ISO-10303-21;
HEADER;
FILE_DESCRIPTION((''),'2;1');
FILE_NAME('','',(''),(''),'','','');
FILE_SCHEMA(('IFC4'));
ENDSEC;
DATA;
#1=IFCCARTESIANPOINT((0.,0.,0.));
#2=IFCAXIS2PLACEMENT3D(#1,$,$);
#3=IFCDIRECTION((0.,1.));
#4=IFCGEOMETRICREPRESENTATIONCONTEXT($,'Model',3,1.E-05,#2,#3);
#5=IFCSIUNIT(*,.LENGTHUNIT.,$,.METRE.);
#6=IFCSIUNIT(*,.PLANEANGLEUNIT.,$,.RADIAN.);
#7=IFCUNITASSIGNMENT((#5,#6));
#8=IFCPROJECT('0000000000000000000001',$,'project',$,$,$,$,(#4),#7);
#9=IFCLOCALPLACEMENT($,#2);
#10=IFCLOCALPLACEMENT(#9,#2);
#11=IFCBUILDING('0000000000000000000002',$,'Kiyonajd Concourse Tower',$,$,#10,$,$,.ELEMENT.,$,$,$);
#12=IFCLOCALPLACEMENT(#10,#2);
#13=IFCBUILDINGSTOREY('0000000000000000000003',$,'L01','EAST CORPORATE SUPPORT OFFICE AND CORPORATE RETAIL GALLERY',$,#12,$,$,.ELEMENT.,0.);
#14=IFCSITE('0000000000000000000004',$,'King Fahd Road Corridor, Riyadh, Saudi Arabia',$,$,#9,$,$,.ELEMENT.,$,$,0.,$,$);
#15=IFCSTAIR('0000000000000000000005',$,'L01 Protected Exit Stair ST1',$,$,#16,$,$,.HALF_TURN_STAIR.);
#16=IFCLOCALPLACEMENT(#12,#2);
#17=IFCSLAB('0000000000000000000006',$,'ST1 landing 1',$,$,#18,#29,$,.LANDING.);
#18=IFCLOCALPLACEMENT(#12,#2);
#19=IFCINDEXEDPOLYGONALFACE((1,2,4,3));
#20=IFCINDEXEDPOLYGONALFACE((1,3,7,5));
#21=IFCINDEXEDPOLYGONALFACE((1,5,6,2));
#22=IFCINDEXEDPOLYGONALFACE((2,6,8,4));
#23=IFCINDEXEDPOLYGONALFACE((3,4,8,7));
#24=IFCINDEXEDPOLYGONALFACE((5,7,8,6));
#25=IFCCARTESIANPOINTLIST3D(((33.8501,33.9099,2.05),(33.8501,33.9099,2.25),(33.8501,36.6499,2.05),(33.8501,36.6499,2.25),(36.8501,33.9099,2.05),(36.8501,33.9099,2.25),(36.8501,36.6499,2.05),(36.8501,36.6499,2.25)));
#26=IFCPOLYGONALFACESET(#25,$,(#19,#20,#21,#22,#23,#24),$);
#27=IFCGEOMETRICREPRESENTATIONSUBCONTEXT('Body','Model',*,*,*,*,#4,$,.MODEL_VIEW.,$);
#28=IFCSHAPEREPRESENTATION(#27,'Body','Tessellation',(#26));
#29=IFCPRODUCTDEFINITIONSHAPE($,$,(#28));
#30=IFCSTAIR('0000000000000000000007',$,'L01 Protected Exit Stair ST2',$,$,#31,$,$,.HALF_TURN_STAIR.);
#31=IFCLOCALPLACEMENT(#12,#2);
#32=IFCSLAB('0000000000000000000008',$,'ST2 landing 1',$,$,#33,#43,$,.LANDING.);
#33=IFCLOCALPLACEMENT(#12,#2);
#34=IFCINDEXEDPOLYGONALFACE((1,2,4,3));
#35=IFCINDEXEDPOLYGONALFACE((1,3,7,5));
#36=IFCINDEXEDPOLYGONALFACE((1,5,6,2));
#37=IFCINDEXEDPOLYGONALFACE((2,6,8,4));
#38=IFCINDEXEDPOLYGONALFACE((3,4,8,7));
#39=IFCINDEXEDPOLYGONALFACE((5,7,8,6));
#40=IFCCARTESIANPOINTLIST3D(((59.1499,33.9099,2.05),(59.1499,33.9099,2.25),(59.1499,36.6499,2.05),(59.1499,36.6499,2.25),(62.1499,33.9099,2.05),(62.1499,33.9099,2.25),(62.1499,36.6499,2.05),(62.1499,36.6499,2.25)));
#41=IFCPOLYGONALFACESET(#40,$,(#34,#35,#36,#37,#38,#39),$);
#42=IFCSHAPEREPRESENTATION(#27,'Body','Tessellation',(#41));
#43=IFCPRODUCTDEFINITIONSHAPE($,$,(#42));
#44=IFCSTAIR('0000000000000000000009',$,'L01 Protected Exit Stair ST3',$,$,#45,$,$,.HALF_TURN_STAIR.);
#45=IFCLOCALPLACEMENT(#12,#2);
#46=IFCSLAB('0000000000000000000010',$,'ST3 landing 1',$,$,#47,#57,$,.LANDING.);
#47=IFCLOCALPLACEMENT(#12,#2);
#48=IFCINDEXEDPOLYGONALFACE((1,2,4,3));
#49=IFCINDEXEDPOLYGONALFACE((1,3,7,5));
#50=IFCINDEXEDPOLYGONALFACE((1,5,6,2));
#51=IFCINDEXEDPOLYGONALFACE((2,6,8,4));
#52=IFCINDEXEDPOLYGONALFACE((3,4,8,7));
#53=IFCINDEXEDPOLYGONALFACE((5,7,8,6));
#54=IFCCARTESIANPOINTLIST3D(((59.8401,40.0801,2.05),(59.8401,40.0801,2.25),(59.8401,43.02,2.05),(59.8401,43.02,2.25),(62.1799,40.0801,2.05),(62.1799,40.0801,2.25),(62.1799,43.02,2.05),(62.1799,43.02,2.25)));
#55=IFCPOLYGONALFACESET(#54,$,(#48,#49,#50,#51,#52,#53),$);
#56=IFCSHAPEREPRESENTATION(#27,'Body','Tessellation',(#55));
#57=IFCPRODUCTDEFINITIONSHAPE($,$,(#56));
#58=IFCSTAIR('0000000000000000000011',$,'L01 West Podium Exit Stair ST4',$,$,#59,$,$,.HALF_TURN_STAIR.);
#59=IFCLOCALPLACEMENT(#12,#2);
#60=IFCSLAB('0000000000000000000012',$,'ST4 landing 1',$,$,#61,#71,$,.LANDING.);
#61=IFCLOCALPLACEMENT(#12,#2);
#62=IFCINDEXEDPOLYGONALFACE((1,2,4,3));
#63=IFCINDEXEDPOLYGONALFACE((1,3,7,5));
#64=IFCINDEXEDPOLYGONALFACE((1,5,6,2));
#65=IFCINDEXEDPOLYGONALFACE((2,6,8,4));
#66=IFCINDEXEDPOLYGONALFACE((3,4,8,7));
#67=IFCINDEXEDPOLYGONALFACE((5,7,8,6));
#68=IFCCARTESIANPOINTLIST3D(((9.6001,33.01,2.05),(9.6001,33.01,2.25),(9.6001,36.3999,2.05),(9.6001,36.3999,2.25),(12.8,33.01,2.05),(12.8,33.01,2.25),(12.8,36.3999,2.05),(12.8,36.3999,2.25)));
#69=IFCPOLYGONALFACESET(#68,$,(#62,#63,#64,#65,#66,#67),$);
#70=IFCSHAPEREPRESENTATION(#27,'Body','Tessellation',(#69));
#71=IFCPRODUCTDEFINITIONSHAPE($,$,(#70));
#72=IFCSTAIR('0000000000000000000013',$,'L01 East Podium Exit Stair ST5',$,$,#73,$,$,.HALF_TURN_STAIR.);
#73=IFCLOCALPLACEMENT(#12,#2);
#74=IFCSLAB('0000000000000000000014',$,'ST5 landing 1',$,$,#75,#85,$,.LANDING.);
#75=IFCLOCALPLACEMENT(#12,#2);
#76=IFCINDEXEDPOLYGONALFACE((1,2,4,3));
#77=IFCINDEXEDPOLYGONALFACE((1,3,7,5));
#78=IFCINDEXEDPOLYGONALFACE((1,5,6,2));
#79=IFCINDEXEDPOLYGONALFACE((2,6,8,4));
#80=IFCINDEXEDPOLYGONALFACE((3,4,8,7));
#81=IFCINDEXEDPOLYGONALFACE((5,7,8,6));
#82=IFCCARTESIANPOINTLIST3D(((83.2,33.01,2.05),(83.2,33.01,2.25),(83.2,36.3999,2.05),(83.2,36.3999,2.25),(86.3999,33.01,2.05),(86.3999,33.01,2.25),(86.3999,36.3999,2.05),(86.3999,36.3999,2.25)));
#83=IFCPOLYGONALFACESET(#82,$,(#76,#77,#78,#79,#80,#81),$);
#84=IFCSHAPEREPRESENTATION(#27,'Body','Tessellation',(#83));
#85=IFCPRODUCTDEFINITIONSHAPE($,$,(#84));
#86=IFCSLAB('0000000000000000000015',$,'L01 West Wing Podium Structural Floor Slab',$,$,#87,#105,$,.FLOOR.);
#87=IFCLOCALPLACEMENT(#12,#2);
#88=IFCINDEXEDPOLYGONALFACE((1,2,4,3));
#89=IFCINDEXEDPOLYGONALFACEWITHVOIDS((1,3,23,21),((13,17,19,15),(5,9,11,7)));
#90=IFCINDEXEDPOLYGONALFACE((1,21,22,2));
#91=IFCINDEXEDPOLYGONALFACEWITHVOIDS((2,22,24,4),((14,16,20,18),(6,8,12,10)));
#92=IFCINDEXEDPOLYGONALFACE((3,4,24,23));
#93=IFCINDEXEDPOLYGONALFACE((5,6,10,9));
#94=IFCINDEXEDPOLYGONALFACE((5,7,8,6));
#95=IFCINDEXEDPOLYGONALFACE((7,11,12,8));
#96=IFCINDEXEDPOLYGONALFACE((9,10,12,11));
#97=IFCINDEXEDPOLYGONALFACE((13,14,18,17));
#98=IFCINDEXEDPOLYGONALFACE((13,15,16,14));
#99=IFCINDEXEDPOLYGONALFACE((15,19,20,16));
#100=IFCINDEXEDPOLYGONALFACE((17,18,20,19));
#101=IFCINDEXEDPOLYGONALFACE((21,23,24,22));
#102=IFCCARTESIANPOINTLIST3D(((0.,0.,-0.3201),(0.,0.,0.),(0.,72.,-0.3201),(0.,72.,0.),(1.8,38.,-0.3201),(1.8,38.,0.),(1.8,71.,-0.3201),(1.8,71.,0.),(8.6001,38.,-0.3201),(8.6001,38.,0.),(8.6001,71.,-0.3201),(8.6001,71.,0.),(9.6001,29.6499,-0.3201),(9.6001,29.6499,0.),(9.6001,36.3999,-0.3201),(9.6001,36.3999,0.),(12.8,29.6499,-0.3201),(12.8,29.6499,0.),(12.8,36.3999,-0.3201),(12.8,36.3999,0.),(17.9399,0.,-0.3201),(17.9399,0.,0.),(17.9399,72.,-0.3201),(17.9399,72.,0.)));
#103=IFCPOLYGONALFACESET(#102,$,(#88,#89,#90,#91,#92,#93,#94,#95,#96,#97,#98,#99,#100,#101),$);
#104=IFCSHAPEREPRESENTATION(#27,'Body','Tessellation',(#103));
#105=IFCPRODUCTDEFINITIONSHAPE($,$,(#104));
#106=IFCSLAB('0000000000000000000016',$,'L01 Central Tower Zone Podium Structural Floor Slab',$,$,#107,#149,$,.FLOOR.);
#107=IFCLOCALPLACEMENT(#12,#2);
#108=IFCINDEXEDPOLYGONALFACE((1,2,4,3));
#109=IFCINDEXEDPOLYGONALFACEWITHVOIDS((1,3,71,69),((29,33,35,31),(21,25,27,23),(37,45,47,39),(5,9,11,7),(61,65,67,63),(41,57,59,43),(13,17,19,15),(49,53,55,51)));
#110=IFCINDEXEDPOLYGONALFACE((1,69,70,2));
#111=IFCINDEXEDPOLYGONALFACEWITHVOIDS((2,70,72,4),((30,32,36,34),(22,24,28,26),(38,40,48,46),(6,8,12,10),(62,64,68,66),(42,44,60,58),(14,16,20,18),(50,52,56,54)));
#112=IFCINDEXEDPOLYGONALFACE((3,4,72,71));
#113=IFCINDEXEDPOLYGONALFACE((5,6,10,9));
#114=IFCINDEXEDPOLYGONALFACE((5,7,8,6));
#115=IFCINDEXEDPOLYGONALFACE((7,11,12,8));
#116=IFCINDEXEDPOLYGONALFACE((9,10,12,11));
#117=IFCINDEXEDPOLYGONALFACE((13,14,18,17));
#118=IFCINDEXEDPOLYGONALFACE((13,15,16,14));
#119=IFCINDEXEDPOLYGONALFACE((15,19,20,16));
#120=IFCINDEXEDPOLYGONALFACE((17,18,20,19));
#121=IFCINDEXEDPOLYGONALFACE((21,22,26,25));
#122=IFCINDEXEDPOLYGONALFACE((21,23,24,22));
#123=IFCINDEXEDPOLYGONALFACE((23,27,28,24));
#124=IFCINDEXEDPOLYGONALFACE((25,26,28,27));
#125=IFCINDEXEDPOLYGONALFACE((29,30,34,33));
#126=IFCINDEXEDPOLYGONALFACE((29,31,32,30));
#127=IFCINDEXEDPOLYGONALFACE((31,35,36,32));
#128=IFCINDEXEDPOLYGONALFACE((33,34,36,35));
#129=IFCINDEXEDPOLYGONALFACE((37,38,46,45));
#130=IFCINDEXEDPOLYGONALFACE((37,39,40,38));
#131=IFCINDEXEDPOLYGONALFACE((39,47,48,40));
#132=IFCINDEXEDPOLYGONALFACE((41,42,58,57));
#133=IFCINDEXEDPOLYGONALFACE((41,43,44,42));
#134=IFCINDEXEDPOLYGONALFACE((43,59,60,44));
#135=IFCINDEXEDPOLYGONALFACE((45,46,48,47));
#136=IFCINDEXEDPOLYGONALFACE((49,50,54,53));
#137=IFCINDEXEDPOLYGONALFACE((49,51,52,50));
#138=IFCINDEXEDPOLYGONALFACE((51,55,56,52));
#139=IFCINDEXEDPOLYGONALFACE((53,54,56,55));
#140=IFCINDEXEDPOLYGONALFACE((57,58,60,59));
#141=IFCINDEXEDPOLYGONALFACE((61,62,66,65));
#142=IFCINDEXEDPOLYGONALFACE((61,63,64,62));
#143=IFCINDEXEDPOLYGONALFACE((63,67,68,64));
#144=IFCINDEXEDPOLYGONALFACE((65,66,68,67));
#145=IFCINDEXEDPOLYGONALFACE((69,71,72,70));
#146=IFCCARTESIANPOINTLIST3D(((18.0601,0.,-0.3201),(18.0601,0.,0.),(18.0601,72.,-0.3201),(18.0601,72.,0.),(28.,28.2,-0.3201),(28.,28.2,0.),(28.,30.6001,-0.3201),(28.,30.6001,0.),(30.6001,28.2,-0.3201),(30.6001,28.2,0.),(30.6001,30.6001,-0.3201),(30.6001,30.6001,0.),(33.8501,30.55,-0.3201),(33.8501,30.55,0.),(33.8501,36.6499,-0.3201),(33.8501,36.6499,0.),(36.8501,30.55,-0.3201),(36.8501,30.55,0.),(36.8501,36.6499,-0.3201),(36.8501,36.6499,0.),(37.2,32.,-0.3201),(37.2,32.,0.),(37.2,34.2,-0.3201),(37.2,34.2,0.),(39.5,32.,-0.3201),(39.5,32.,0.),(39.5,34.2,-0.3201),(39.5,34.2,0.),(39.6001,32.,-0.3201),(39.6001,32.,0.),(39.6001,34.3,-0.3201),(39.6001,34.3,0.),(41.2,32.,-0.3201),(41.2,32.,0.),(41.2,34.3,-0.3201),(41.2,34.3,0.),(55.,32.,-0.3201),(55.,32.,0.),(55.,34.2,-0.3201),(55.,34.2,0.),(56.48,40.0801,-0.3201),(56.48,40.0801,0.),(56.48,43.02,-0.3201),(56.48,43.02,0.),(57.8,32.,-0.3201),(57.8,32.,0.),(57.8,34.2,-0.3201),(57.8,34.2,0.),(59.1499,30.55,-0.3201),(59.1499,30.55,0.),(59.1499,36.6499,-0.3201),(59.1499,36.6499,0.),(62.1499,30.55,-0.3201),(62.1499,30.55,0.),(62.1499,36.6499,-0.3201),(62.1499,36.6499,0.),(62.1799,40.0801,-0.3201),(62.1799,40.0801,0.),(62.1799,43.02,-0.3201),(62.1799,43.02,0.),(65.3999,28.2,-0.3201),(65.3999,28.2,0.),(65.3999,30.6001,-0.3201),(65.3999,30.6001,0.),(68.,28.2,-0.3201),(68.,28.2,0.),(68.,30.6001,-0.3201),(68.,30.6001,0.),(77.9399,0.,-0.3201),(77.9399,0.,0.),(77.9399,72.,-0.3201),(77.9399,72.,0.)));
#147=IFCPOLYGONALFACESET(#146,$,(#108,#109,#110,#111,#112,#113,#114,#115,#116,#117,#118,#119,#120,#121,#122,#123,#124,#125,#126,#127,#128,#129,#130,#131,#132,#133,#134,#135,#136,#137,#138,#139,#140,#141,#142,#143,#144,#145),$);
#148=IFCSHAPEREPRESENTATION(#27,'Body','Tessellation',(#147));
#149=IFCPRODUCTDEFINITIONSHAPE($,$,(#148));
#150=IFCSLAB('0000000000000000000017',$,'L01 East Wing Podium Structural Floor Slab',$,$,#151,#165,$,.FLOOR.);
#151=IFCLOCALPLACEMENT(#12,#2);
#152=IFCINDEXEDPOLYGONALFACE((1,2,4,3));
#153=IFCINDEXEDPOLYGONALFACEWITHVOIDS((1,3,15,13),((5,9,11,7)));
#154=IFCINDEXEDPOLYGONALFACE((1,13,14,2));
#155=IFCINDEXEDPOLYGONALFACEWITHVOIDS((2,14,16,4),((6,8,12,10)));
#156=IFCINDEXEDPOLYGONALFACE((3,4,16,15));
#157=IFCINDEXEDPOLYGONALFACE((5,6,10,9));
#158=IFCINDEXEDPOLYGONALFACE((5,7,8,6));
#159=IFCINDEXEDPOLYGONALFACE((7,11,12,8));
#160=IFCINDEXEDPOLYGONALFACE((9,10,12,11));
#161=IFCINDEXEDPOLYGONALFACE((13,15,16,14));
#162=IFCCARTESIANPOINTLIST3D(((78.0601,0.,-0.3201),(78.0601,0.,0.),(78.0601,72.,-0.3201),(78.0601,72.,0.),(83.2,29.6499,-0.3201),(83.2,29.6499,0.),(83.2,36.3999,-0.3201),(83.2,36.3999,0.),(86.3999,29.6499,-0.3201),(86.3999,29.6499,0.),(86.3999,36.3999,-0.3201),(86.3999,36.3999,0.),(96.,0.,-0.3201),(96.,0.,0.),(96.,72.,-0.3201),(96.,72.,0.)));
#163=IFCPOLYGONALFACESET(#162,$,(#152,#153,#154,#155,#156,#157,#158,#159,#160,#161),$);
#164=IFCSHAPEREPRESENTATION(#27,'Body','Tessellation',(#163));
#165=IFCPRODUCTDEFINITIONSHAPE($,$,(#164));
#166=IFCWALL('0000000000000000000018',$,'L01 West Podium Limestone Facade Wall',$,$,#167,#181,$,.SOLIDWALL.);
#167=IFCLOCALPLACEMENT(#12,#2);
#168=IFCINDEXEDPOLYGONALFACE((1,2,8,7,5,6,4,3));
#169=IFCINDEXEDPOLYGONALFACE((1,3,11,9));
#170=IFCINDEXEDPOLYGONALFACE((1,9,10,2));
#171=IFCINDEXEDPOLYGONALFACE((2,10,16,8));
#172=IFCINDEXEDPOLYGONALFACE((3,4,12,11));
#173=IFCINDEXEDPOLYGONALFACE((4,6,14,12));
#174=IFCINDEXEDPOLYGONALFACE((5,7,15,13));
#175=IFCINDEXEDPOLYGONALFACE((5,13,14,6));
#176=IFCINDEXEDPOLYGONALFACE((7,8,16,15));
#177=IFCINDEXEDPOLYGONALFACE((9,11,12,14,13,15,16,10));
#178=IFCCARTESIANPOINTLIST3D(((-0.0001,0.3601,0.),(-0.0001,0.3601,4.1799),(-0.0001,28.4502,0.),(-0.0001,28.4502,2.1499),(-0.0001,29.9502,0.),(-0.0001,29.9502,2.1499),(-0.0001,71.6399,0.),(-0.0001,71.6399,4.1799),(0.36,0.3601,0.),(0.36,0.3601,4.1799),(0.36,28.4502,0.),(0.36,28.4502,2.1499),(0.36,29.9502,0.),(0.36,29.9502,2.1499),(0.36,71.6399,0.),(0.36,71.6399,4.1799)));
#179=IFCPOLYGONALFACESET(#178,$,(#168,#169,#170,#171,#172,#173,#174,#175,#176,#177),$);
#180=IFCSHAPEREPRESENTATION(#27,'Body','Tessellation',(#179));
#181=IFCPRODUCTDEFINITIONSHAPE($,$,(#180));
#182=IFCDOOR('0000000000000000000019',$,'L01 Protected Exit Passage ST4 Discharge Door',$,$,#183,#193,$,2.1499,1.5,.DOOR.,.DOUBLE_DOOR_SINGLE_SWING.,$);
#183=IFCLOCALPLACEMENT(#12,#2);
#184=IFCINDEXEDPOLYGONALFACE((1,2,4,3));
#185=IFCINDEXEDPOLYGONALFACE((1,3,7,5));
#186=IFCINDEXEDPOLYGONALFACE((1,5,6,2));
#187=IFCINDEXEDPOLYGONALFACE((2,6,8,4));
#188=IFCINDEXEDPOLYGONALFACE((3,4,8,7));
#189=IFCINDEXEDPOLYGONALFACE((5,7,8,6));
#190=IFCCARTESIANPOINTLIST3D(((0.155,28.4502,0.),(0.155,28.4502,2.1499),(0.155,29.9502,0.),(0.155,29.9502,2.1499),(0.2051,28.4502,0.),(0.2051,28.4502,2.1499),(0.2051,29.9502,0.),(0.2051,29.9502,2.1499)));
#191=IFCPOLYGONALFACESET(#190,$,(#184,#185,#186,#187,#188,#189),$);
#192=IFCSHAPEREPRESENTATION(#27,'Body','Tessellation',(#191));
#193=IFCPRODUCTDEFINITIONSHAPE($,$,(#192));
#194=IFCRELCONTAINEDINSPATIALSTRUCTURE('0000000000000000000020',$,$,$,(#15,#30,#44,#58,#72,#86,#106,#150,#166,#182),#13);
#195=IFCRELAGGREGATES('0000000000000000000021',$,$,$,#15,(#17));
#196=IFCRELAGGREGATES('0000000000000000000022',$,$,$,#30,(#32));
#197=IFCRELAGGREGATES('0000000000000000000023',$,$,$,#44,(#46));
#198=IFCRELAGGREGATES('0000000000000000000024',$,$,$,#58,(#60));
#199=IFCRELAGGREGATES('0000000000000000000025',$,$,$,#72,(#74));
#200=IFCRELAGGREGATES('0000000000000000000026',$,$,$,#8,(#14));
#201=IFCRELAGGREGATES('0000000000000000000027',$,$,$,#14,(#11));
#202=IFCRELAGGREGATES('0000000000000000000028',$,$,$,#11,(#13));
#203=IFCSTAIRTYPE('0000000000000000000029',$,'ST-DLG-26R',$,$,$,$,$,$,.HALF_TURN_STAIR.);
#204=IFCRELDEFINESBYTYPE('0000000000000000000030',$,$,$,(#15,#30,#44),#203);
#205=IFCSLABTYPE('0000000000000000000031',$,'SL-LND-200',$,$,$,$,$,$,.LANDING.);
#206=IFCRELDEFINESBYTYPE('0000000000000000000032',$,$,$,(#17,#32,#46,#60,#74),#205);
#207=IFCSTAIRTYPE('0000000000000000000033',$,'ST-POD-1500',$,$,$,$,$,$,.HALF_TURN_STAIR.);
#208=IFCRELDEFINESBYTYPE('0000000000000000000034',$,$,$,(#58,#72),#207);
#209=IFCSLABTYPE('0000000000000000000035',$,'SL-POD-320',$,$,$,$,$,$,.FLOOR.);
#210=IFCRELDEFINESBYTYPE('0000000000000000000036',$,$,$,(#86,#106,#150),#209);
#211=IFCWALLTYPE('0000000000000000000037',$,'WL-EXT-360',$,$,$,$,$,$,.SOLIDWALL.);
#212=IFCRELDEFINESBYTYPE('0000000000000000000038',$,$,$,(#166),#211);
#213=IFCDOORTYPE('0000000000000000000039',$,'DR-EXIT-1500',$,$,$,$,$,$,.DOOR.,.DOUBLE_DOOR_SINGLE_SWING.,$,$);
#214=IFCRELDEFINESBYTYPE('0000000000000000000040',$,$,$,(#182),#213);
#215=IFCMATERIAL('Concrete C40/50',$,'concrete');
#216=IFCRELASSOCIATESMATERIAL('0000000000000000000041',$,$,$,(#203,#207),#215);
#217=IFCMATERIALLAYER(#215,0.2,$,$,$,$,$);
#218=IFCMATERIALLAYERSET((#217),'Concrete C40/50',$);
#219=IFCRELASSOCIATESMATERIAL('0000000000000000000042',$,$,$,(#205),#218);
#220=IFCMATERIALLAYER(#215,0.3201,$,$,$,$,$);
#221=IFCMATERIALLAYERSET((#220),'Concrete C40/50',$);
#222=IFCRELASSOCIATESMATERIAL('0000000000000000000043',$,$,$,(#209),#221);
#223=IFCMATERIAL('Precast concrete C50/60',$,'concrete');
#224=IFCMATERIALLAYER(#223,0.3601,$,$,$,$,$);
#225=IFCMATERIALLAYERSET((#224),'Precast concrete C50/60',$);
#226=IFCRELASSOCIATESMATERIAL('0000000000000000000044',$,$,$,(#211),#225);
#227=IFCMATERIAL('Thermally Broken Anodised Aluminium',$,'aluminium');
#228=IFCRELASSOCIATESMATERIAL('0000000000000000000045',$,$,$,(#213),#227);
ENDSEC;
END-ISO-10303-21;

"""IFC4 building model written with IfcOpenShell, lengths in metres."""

from ifc_helpers import new_model, si_unit, direction, frame, frame_2d, origin, place, context, subcontext, project, spatial, polyline, rectangle, outline, extrude, material, layer, layer_set, type_object, element, fill, aggregate, save


model = new_model("IFC4")

# Units and contexts
model_context = context("Model", 3, precision=1e-05, world=origin(), true_north=direction((0.0, 1.0)))
body_context = subcontext(model_context, "Body", "Model", "MODEL_VIEW")
ifc_project = project(units=[si_unit("LENGTHUNIT", "METRE"), si_unit("PLANEANGLEUNIT", "RADIAN")], contexts=[model_context])

# Site, building, storey
site_placement = place(None, origin())
site = spatial("IfcSite", under=ifc_project, at=site_placement, Name="King Fahd Road Corridor, Riyadh, Saudi Arabia", CompositionType="ELEMENT", RefElevation=0.0)
building_placement = place(site_placement, origin())
building = spatial("IfcBuilding", under=site, at=building_placement, Name="Kiyonajd Concourse Tower", CompositionType="ELEMENT")
storey_placement = place(building_placement, origin())
storey = spatial("IfcBuildingStorey", under=building, at=storey_placement, Name="L01", Description="EAST CORPORATE SUPPORT OFFICE AND CORPORATE RETAIL GALLERY", CompositionType="ELEMENT", Elevation=0.0)

# Stairs, slabs
ifc_material_1 = material(Name="Concrete C40/50", Category="concrete")
stair_type_1 = type_object("IfcStairType", Name="ST-DLG-26R", PredefinedType="HALF_TURN_STAIR", material=ifc_material_1)
stair_1_placement = place(storey_placement, origin())
stair_1 = element("IfcStair", 1, at=stair_1_placement, inside=storey, type_object=stair_type_1, Name="L01 Protected Exit Stair ST1", PredefinedType="HALF_TURN_STAIR")
ifc_layer_1 = layer(ifc_material_1, 0.2)
ifc_layer_set_1 = layer_set([ifc_layer_1], Name="Concrete C40/50")
slab_type_1 = type_object("IfcSlabType", Name="SL-LND-200", PredefinedType="LANDING", material=ifc_layer_set_1)
slab_1_placement = place(storey_placement, frame((0.0, 0.0, 2.05)))
slab_1 = element("IfcSlab", 2, at=slab_1_placement, type_object=slab_type_1, Name="ST1 landing 1", PredefinedType="LANDING", context=body_context, shape_type="SweptSolid", body=[
    extrude(outline(polyline([(36.8501, 33.9099), (36.8501, 36.6499), (33.8501, 36.6499), (33.8501, 33.9099), (36.8501, 33.9099)])), origin(), (0.0, 0.0, 1.0), 0.2),
])
aggregate(stair_1, [slab_1])
stair_2_placement = place(storey_placement, origin())
stair_2 = element("IfcStair", 3, at=stair_2_placement, inside=storey, type_object=stair_type_1, Name="L01 Protected Exit Stair ST2", PredefinedType="HALF_TURN_STAIR")
slab_2_placement = place(storey_placement, frame((0.0, 0.0, 2.05)))
slab_2 = element("IfcSlab", 4, at=slab_2_placement, type_object=slab_type_1, Name="ST2 landing 1", PredefinedType="LANDING", context=body_context, shape_type="SweptSolid", body=[
    extrude(outline(polyline([(62.1499, 33.9099), (62.1499, 36.6499), (59.1499, 36.6499), (59.1499, 33.9099), (62.1499, 33.9099)])), origin(), (0.0, 0.0, 1.0), 0.2),
])
aggregate(stair_2, [slab_2])
stair_3_placement = place(storey_placement, origin())
stair_3 = element("IfcStair", 5, at=stair_3_placement, inside=storey, type_object=stair_type_1, Name="L01 Protected Exit Stair ST3", PredefinedType="HALF_TURN_STAIR")
slab_3_placement = place(storey_placement, frame((0.0, 0.0, 2.05)))
slab_3 = element("IfcSlab", 6, at=slab_3_placement, type_object=slab_type_1, Name="ST3 landing 1", PredefinedType="LANDING", context=body_context, shape_type="SweptSolid", body=[
    extrude(outline(polyline([(59.8401, 40.0801), (62.1799, 40.0801), (62.1799, 43.02), (59.8401, 43.02), (59.8401, 40.0801)])), origin(), (0.0, 0.0, 1.0), 0.2),
])
aggregate(stair_3, [slab_3])
stair_type_2 = type_object("IfcStairType", Name="ST-POD-1500", PredefinedType="HALF_TURN_STAIR", material=ifc_material_1)
stair_4_placement = place(storey_placement, origin())
stair_4 = element("IfcStair", 7, at=stair_4_placement, inside=storey, type_object=stair_type_2, Name="L01 West Podium Exit Stair ST4", PredefinedType="HALF_TURN_STAIR")
slab_4_placement = place(storey_placement, frame((0.0, 0.0, 2.05)))
slab_4 = element("IfcSlab", 8, at=slab_4_placement, type_object=slab_type_1, Name="ST4 landing 1", PredefinedType="LANDING", context=body_context, shape_type="SweptSolid", body=[
    extrude(outline(polyline([(12.8, 33.01), (12.8, 36.3999), (9.6001, 36.3999), (9.6001, 33.01), (12.8, 33.01)])), origin(), (0.0, 0.0, 1.0), 0.2),
])
aggregate(stair_4, [slab_4])
stair_5_placement = place(storey_placement, origin())
stair_5 = element("IfcStair", 9, at=stair_5_placement, inside=storey, type_object=stair_type_2, Name="L01 East Podium Exit Stair ST5", PredefinedType="HALF_TURN_STAIR")
slab_5_placement = place(storey_placement, frame((0.0, 0.0, 2.05)))
slab_5 = element("IfcSlab", 10, at=slab_5_placement, type_object=slab_type_1, Name="ST5 landing 1", PredefinedType="LANDING", context=body_context, shape_type="SweptSolid", body=[
    extrude(outline(polyline([(86.3999, 33.01), (86.3999, 36.3999), (83.2, 36.3999), (83.2, 33.01), (86.3999, 33.01)])), origin(), (0.0, 0.0, 1.0), 0.2),
])
aggregate(stair_5, [slab_5])

# Slabs
ifc_layer_2 = layer(ifc_material_1, 0.3201)
ifc_layer_set_2 = layer_set([ifc_layer_2], Name="Concrete C40/50")
slab_type_2 = type_object("IfcSlabType", Name="SL-POD-320", PredefinedType="FLOOR", material=ifc_layer_set_2)
slab_6_placement = place(storey_placement, frame((0.0, 0.0, -0.3201)))
element("IfcSlab", 11, at=slab_6_placement, inside=storey, type_object=slab_type_2, Name="L01 West Wing Podium Structural Floor Slab", PredefinedType="FLOOR", context=body_context, shape_type="SweptSolid", body=[
    extrude(outline(polyline([(0.0, 0.0), (17.9399, 0.0), (17.9399, 72.0), (0.0, 72.0), (0.0, 0.0)]), holes=[polyline([(12.8, 29.6499), (9.6001, 29.6499), (9.6001, 36.3999), (12.8, 36.3999), (12.8, 29.6499)]), polyline([(8.6001, 38.0), (1.8, 38.0), (1.8, 71.0), (8.6001, 71.0), (8.6001, 38.0)])]), origin(), (0.0, 0.0, 1.0), 0.3201),
])
slab_7_placement = place(storey_placement, frame((0.0, 0.0, -0.3201)))
element("IfcSlab", 12, at=slab_7_placement, inside=storey, type_object=slab_type_2, Name="L01 Central Tower Zone Podium Structural Floor Slab", PredefinedType="FLOOR", context=body_context, shape_type="SweptSolid", body=[
    extrude(outline(polyline([(18.0601, 0.0), (77.9399, 0.0), (77.9399, 72.0), (18.0601, 72.0), (18.0601, 0.0)]), holes=[polyline([(30.6001, 28.2), (28.0, 28.2), (28.0, 30.6001), (30.6001, 30.6001), (30.6001, 28.2)]), polyline([(39.5, 32.0), (37.2, 32.0), (37.2, 34.2), (39.5, 34.2), (39.5, 32.0)]), polyline([(39.6001, 32.0), (39.6001, 34.3), (41.2, 34.3), (41.2, 32.0), (39.6001, 32.0)]), polyline([(33.8501, 30.55), (33.8501, 36.6499), (36.8501, 36.6499), (36.8501, 30.55), (33.8501, 30.55)]), polyline([(65.3999, 28.2), (65.3999, 30.6001), (68.0, 30.6001), (68.0, 28.2), (65.3999, 28.2)]), polyline([(57.8, 32.0), (55.0, 32.0), (55.0, 34.2), (57.8, 34.2), (57.8, 32.0)]), polyline([(59.1499, 30.55), (59.1499, 36.6499), (62.1499, 36.6499), (62.1499, 30.55), (59.1499, 30.55)]), polyline([(56.48, 43.02), (62.1799, 43.02), (62.1799, 40.0801), (56.48, 40.0801), (56.48, 43.02)])]), origin(), (0.0, 0.0, 1.0), 0.3201),
])
slab_8_placement = place(storey_placement, frame((0.0, 0.0, -0.3201)))
element("IfcSlab", 13, at=slab_8_placement, inside=storey, type_object=slab_type_2, Name="L01 East Wing Podium Structural Floor Slab", PredefinedType="FLOOR", context=body_context, shape_type="SweptSolid", body=[
    extrude(outline(polyline([(78.0601, 0.0), (96.0, 0.0), (96.0, 72.0), (78.0601, 72.0), (78.0601, 0.0)]), holes=[polyline([(83.2, 29.6499), (83.2, 36.3999), (86.3999, 36.3999), (86.3999, 29.6499), (83.2, 29.6499)])]), origin(), (0.0, 0.0, 1.0), 0.3201),
])

# Wall, opening, door
ifc_material_2 = material(Name="Precast concrete C50/60", Category="concrete")
ifc_layer_3 = layer(ifc_material_2, 0.3601)
ifc_layer_set_3 = layer_set([ifc_layer_3], Name="Precast concrete C50/60")
wall_type_1 = type_object("IfcWallType", Name="WL-EXT-360", PredefinedType="SOLIDWALL", material=ifc_layer_set_3)
wall_1_placement = place(storey_placement, frame((0.1799, 0.3601, 0.0), z_axis=(0.0, 0.0, 1.0), x_axis=(0.0, 1.0, 0.0)))
wall_1 = element("IfcWall", 14, at=wall_1_placement, inside=storey, type_object=wall_type_1, Name="L01 West Podium Limestone Facade Wall", PredefinedType="SOLIDWALL", context=body_context, shape_type="SweptSolid", body=[
    extrude(rectangle(XDim=71.2798, YDim=0.3601, at=frame_2d((35.6399, 0.0))), origin(), (0.0, 0.0, 1.0), 4.1799),
])
opening_1_placement = place(wall_1_placement, frame((28.0901, 0.0, 0.0)))
opening_1 = element("IfcOpeningElement", 15, at=opening_1_placement, cuts=wall_1, PredefinedType="OPENING", context=body_context, shape_type="SweptSolid", body=[
    extrude(rectangle(XDim=1.5, YDim=2.1499, at=frame_2d((0.75, 1.075))), frame((0.0, 0.1899, 0.0), z_axis=(0.0, -1.0, 0.0), x_axis=(1.0, 0.0, 0.0)), (0.0, 0.0, 1.0), 0.3801),
])
ifc_material_3 = material(Name="Thermally Broken Anodised Aluminium", Category="aluminium")
door_type_1 = type_object("IfcDoorType", Name="DR-EXIT-1500", OperationType="DOUBLE_DOOR_SINGLE_SWING", PredefinedType="DOOR", material=ifc_material_3)
door_1_placement = place(opening_1_placement, origin())
door_1 = element("IfcDoor", 16, at=door_1_placement, inside=storey, type_object=door_type_1, Name="L01 Protected Exit Passage ST4 Discharge Door", OperationType="DOUBLE_DOOR_SINGLE_SWING", OverallHeight=2.1499, OverallWidth=1.5, PredefinedType="DOOR", context=body_context, shape_type="SweptSolid", body=[
    extrude(rectangle(XDim=1.5, YDim=2.1499, at=frame_2d((0.75, 1.075))), frame((0.0, 0.0249, 0.0), z_axis=(0.0, -1.0, 0.0), x_axis=(1.0, 0.0, 0.0)), (0.0, 0.0, 1.0), 0.05),
])
fill(opening_1, door_1)

save(model, "model.ifc")
